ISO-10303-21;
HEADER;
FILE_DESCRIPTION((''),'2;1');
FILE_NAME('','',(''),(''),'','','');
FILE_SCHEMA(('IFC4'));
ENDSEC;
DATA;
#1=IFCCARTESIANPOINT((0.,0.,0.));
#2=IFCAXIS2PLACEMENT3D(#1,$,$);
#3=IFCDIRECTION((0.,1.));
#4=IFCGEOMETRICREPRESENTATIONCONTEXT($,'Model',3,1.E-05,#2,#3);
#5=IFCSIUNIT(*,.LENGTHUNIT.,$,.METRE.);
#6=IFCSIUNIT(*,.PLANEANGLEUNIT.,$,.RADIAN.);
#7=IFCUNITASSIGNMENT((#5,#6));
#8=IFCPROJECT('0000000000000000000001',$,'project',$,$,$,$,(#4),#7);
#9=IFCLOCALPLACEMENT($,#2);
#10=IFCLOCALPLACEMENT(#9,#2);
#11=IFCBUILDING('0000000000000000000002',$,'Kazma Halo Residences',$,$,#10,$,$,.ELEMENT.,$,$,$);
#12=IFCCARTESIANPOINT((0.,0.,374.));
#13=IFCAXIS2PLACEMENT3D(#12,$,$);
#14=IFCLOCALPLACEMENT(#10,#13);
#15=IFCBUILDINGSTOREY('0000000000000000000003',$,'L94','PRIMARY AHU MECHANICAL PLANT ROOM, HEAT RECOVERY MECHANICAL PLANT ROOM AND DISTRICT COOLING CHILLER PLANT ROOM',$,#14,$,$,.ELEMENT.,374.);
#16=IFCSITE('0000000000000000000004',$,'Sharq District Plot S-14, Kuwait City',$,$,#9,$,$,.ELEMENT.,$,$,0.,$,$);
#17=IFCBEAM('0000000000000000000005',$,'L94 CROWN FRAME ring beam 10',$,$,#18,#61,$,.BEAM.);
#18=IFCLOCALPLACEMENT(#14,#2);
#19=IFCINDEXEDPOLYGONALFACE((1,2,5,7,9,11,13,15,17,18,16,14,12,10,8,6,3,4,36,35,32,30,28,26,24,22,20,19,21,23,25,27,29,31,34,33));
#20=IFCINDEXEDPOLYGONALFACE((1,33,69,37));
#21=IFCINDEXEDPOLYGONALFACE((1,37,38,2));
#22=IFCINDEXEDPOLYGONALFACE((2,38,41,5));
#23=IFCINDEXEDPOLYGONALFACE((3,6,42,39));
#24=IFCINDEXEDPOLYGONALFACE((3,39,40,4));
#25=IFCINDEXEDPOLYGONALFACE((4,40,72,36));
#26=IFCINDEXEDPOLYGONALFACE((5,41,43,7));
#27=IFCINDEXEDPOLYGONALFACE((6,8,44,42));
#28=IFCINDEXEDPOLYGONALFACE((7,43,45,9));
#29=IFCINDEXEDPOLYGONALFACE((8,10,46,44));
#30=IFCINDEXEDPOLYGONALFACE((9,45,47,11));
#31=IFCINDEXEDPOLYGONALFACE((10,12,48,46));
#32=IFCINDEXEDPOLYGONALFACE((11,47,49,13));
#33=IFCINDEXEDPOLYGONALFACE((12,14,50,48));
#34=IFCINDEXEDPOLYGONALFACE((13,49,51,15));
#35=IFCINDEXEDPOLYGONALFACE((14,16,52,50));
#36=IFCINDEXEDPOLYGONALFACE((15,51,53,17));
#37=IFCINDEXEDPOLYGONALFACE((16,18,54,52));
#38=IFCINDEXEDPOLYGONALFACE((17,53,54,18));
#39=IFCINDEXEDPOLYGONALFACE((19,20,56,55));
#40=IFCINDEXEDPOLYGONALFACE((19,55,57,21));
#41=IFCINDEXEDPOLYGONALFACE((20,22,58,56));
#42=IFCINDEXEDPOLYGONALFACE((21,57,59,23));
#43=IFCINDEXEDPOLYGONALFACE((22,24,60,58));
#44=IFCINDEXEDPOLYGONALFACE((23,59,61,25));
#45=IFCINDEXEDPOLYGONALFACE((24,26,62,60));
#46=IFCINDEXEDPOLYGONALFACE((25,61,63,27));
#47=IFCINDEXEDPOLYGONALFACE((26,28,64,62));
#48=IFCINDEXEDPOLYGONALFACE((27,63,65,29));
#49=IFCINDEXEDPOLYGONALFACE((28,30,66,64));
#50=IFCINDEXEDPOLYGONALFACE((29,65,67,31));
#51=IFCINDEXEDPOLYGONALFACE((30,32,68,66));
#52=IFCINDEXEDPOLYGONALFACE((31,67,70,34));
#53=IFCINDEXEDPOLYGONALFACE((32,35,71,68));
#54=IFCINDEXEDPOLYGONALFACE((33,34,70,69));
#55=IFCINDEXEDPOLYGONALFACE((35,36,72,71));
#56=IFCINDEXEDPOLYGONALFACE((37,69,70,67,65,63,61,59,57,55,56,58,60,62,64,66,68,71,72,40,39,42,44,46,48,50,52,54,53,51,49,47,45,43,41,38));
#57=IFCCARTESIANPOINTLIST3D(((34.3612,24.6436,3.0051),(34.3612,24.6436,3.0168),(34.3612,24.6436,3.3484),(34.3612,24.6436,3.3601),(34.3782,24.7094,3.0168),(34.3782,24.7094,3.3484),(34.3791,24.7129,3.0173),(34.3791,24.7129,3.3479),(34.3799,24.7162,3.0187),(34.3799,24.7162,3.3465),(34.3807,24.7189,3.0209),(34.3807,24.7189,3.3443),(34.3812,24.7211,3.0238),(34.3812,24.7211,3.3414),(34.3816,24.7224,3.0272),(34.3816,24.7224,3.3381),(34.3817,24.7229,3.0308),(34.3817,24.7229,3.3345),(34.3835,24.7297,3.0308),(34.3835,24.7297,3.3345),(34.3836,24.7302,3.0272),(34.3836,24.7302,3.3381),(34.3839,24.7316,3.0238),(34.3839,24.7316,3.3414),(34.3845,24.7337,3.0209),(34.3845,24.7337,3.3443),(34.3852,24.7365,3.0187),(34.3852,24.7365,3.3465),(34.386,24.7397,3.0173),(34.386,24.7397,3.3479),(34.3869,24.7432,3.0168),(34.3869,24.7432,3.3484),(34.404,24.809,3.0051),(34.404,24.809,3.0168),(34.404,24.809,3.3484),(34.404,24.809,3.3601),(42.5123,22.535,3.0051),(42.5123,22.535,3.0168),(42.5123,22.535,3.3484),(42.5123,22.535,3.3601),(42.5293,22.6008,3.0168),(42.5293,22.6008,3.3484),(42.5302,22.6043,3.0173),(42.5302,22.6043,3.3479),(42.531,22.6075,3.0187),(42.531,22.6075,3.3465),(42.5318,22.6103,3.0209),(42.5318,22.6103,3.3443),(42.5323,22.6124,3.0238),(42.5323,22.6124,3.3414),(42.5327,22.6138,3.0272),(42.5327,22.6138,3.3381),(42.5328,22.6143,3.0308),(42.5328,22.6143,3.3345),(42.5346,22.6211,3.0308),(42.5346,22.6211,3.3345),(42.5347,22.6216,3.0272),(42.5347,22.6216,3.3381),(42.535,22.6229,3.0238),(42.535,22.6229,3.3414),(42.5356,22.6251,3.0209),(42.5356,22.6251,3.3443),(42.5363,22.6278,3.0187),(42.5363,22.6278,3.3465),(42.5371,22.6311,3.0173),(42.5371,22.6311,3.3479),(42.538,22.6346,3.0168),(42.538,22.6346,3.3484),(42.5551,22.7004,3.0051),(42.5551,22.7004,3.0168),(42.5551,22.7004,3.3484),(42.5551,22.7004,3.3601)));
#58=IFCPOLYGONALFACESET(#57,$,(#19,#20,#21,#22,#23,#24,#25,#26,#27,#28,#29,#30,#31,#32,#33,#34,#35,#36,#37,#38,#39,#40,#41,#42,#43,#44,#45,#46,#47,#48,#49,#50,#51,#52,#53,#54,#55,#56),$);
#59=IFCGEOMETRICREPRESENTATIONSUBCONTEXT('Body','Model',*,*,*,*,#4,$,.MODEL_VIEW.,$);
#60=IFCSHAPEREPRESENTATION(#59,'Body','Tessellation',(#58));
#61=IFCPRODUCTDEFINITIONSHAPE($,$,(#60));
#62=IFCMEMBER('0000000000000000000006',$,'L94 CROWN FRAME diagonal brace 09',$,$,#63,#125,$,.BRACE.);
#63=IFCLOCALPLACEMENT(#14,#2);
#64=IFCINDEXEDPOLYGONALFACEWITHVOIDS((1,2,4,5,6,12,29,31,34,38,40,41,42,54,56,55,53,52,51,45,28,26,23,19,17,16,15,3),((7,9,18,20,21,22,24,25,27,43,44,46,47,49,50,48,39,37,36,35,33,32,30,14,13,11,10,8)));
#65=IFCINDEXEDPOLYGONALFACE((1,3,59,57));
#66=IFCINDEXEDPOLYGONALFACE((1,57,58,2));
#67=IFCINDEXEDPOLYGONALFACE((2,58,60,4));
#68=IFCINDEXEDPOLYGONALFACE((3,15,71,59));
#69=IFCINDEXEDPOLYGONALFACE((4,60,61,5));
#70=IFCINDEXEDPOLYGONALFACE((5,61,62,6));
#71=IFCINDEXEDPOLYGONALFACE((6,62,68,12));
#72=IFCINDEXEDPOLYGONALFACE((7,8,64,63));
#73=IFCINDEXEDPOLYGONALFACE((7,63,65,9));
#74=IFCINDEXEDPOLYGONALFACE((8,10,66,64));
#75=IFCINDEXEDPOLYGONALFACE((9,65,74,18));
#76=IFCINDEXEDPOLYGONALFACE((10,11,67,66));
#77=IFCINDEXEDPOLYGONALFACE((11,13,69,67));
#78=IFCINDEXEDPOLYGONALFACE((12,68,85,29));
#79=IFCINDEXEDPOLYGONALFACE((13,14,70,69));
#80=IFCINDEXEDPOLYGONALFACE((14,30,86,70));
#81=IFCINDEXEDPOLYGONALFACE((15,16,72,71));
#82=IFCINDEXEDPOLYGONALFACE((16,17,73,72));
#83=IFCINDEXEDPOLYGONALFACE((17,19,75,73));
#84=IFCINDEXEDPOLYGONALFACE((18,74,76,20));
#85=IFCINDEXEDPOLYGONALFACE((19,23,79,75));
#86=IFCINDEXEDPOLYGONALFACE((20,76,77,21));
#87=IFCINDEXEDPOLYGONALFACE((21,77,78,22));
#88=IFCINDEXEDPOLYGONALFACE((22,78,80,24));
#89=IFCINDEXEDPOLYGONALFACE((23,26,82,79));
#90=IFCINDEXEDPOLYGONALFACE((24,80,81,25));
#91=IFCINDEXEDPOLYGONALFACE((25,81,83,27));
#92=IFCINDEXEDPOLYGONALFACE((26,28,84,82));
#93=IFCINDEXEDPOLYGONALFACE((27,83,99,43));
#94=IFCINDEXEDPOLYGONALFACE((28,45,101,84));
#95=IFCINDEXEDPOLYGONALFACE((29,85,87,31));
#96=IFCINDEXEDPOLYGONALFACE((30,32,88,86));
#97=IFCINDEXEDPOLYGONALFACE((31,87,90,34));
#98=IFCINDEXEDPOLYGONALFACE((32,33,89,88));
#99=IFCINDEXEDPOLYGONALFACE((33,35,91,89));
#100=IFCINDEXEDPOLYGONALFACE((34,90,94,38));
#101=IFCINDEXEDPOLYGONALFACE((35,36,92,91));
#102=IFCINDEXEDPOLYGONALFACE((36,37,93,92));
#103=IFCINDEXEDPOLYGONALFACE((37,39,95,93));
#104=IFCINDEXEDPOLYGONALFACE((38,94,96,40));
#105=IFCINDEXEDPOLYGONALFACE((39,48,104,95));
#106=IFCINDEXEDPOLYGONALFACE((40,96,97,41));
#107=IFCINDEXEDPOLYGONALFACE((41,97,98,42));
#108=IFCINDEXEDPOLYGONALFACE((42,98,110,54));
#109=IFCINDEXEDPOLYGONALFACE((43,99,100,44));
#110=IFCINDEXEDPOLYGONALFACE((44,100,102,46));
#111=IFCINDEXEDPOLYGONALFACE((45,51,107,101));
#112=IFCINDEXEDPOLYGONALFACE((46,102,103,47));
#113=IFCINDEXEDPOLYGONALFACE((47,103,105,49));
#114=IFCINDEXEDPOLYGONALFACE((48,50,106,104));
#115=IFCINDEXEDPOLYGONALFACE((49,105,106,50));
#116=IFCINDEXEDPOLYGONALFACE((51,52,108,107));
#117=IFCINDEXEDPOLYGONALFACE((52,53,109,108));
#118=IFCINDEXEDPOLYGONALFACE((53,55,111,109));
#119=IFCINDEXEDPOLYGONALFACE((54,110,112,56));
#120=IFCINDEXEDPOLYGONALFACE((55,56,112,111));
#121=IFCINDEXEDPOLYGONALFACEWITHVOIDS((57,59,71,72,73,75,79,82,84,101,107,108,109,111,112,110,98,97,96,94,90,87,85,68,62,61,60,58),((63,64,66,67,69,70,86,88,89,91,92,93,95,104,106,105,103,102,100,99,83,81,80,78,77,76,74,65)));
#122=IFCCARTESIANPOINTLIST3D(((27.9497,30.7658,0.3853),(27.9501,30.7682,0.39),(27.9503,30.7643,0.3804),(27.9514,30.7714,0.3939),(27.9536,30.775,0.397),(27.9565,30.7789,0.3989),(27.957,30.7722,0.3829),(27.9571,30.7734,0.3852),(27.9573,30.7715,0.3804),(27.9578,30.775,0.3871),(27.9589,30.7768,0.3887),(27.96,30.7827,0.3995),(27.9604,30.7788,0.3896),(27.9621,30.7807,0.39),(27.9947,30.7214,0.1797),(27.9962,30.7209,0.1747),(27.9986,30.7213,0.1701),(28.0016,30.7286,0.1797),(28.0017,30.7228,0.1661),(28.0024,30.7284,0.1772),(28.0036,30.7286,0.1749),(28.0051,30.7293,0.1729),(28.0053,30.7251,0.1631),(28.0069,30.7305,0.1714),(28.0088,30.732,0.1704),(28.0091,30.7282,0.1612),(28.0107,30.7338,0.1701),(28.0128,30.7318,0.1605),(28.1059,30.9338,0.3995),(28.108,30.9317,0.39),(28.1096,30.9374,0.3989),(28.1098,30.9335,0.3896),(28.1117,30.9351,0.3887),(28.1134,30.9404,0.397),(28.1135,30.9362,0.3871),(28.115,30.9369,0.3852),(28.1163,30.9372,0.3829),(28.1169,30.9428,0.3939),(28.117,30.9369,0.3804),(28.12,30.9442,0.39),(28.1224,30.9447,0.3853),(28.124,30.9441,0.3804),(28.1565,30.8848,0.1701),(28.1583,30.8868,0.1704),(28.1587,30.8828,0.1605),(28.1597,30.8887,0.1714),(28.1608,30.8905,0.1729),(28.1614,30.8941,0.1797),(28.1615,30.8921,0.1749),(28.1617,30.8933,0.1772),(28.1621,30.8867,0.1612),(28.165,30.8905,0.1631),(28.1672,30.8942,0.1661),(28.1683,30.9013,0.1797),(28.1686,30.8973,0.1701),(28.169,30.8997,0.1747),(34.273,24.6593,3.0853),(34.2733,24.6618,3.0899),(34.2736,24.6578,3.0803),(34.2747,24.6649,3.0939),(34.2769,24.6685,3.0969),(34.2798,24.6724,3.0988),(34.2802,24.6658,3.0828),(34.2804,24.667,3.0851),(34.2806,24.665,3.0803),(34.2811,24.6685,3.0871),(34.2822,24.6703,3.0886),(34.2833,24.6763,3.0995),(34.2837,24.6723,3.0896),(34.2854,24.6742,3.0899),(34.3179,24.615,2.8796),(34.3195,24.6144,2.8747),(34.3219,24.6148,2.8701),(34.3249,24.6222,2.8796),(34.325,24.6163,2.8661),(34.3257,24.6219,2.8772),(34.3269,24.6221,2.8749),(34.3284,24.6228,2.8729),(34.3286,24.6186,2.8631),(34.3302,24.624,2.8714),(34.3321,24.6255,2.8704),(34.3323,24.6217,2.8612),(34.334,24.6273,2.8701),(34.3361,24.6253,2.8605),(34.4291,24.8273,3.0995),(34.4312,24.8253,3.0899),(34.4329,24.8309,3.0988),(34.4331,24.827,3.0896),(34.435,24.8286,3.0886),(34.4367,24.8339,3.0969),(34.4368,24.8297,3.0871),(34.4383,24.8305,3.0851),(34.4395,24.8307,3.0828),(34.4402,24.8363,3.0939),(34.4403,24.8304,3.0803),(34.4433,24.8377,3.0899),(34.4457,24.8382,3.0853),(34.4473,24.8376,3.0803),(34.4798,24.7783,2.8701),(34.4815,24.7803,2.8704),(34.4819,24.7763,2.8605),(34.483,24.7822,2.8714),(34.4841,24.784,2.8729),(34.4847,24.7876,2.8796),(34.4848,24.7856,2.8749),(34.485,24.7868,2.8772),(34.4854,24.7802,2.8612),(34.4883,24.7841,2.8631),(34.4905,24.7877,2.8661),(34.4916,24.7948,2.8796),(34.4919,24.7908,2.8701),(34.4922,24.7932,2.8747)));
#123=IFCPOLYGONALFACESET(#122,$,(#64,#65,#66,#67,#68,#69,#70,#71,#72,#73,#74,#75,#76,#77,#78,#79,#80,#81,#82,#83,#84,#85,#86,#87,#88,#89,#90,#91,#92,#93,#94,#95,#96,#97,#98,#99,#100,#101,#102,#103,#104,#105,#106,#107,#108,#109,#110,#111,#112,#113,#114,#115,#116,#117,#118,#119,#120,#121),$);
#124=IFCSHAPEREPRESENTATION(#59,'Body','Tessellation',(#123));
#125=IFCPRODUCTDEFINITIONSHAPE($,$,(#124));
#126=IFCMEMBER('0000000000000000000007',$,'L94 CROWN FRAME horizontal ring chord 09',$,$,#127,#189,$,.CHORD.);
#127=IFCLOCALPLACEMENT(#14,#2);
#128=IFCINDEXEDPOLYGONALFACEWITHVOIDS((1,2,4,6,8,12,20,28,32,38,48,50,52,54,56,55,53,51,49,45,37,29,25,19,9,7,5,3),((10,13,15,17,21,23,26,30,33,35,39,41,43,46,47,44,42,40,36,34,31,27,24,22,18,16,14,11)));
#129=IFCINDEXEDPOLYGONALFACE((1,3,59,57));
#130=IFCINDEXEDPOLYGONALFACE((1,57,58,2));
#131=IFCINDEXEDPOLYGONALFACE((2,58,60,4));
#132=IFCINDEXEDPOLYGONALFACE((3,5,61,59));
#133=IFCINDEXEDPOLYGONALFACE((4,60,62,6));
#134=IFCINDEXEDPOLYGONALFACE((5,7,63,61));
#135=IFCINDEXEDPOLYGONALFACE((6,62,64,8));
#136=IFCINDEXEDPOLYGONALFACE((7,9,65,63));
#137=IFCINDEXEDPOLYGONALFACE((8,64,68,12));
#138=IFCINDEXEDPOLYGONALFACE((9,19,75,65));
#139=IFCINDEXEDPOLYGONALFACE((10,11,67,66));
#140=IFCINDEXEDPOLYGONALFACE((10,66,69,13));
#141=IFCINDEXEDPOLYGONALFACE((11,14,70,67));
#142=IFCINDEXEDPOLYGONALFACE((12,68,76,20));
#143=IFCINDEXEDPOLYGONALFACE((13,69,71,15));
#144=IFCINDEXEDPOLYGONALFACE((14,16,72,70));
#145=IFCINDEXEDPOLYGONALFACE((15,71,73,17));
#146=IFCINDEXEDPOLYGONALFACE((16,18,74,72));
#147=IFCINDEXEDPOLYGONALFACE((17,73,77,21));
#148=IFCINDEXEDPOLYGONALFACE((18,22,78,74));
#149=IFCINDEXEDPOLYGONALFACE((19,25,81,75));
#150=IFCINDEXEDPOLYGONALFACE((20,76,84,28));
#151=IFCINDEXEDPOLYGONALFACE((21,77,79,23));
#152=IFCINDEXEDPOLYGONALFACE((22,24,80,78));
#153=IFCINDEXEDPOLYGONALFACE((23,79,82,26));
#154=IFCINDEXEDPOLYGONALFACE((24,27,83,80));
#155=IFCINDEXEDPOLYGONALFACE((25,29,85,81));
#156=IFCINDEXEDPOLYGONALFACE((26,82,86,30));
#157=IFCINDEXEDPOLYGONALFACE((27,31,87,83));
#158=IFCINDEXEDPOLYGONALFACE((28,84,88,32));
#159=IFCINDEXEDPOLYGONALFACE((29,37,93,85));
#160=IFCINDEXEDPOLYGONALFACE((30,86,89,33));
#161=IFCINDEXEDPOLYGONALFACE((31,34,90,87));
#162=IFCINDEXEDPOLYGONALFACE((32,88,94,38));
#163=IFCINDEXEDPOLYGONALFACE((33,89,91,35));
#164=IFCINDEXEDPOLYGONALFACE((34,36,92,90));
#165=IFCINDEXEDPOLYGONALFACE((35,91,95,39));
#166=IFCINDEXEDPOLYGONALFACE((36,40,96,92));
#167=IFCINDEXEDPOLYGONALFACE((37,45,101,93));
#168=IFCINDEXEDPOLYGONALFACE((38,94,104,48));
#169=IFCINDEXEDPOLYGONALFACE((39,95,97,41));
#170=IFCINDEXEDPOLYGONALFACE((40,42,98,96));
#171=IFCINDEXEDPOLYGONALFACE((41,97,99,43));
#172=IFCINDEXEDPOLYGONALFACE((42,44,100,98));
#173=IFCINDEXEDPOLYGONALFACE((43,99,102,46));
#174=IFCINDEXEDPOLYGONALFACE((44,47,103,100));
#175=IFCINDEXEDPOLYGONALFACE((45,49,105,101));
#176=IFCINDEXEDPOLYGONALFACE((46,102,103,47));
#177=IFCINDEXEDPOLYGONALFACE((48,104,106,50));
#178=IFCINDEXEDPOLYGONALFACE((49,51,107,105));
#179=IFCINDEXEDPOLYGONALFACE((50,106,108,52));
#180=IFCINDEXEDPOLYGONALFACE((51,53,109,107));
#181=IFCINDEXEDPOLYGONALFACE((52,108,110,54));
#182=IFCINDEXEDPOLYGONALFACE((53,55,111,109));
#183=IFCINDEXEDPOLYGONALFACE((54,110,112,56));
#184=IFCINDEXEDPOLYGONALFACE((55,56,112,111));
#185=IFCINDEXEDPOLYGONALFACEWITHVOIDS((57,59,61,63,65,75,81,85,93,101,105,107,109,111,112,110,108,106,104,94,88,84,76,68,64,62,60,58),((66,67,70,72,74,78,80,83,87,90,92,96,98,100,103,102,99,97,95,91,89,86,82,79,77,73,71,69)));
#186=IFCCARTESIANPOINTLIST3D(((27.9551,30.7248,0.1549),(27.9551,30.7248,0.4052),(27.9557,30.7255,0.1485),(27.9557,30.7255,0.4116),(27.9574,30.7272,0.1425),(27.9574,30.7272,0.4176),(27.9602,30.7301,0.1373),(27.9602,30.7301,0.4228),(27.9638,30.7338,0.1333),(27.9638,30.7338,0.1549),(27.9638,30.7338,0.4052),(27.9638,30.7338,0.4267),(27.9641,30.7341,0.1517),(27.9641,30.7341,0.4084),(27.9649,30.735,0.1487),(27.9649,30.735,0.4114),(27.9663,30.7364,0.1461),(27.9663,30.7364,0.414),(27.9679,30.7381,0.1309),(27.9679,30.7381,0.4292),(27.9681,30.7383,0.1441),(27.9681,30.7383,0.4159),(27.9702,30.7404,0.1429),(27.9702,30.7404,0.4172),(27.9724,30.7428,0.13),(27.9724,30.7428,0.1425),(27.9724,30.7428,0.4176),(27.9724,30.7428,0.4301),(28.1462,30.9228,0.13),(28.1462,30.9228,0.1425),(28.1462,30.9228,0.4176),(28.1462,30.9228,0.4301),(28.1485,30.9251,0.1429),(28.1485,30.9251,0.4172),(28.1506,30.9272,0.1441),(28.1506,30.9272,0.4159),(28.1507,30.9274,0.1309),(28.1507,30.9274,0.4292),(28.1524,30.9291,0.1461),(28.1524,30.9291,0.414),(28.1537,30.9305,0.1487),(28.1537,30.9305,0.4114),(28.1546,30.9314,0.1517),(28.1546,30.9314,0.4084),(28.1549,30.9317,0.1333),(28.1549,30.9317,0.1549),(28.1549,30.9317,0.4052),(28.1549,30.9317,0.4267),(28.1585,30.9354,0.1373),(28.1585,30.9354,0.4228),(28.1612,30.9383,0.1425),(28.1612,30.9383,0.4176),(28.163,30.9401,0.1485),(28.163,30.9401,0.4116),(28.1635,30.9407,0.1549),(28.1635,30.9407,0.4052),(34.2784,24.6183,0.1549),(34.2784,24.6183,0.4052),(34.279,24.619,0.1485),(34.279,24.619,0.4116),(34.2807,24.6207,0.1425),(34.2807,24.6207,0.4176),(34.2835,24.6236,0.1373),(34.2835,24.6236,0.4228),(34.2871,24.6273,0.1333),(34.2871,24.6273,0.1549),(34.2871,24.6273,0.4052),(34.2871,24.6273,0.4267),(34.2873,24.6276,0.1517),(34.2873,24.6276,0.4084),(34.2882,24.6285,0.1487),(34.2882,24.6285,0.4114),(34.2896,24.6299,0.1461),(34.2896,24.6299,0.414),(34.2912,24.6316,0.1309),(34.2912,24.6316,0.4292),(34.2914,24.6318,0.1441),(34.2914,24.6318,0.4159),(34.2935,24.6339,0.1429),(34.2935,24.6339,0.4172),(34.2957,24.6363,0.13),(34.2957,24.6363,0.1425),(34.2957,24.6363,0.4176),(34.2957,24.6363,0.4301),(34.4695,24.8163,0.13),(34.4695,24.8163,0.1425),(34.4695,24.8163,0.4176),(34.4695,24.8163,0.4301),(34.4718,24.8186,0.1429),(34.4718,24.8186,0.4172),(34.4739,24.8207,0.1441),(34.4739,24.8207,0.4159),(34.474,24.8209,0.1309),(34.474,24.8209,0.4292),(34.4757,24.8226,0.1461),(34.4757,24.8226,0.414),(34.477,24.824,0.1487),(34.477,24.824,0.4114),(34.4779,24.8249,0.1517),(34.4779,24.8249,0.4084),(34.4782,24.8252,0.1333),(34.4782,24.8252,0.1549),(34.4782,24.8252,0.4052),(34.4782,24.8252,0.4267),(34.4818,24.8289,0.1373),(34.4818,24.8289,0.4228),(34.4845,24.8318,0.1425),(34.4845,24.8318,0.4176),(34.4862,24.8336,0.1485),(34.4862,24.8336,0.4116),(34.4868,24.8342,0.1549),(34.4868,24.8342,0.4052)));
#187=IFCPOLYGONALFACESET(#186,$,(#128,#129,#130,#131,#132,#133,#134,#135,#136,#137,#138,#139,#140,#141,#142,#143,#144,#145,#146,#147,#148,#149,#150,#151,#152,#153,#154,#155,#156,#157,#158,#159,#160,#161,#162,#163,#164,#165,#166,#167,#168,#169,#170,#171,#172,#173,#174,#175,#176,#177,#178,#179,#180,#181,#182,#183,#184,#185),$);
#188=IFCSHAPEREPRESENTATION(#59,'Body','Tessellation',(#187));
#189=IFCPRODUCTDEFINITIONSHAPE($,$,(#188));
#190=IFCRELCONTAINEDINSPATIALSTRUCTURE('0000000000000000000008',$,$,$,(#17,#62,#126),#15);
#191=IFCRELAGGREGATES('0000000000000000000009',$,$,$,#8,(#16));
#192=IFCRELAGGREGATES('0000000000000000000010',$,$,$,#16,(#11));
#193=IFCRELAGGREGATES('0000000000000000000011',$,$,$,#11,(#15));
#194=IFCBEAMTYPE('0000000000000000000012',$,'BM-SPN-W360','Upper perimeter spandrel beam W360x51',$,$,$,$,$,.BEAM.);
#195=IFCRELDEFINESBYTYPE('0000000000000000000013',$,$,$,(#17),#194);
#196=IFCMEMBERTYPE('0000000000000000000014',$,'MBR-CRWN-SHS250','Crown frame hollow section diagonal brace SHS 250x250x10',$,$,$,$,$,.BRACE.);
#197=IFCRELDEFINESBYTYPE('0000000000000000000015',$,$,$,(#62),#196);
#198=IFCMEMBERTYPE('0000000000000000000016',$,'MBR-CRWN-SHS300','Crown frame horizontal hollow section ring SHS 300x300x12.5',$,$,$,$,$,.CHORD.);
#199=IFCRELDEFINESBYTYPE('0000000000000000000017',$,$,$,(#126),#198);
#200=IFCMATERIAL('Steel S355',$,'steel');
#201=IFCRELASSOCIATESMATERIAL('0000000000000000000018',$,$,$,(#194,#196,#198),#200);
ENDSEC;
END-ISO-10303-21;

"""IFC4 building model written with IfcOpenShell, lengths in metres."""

from ifc_helpers import new_model, si_unit, direction, frame, origin, origin_2d, place, context, subcontext, project, spatial, hollow_rectangle, i_section, extrude, material, material_profile, profile_set, type_object, element, save


model = new_model("IFC4")

# Units and contexts
model_context = context("Model", 3, precision=1e-05, world=origin(), true_north=direction((0.0, 1.0)))
body_context = subcontext(model_context, "Body", "Model", "MODEL_VIEW")
ifc_project = project(units=[si_unit("LENGTHUNIT", "METRE"), si_unit("PLANEANGLEUNIT", "RADIAN")], contexts=[model_context])

# Site, building, storey
site_placement = place(None, origin())
site = spatial("IfcSite", under=ifc_project, at=site_placement, Name="Sharq District Plot S-14, Kuwait City", CompositionType="ELEMENT", RefElevation=0.0)
building_placement = place(site_placement, origin())
building = spatial("IfcBuilding", under=site, at=building_placement, Name="Kazma Halo Residences", CompositionType="ELEMENT")
storey_placement = place(building_placement, frame((0.0, 0.0, 374.0)))
storey = spatial("IfcBuildingStorey", under=building, at=storey_placement, Name="L94", Description="PRIMARY AHU MECHANICAL PLANT ROOM, HEAT RECOVERY MECHANICAL PLANT ROOM AND DISTRICT COOLING CHILLER PLANT ROOM", CompositionType="ELEMENT", Elevation=374.0)

# Shared definitions
ifc_material_1 = material(Name="Steel S355", Category="steel")

# Beam
ifc_material_profile_1 = material_profile(ifc_material_1, i_section(OverallWidth=0.1709, OverallDepth=0.355, WebThickness=0.0071, FlangeThickness=0.0117, FilletRadius=0.0139, at=origin_2d()), Name="W360x51")
ifc_profile_set_1 = profile_set([ifc_material_profile_1], Name="Steel S355")
beam_type_1 = type_object("IfcBeamType", Name="BM-SPN-W360", Description="Upper perimeter spandrel beam W360x51", PredefinedType="BEAM", material=ifc_profile_set_1)
beam_1_placement = place(storey_placement, frame((34.3826, 24.7263, 3.1826), z_axis=(0.96813, -0.250449, 0.0), x_axis=(0.250449, 0.96813, 0.0)))
element("IfcBeam", 1, at=beam_1_placement, inside=storey, type_object=beam_type_1, Name="L94 CROWN FRAME ring beam 10", PredefinedType="BEAM", context=body_context, shape_type="SweptSolid", body=[
    extrude(i_section(OverallWidth=0.1709, OverallDepth=0.355, WebThickness=0.0071, FlangeThickness=0.0117, FilletRadius=0.0139, at=origin_2d()), origin(), (0.0, 0.0, 1.0), 8.4194),
])

# Members
ifc_material_profile_2 = material_profile(ifc_material_1, hollow_rectangle(XDim=0.25, YDim=0.25, WallThickness=0.01, InnerFilletRadius=0.01, OuterFilletRadius=0.02, at=origin_2d()), Name="SHS250x250x10")
ifc_profile_set_2 = profile_set([ifc_material_profile_2], Name="Steel S355")
member_type_1 = type_object("IfcMemberType", Name="MBR-CRWN-SHS250", Description="Crown frame hollow section diagonal brace SHS 250x250x10", PredefinedType="BRACE", material=ifc_profile_set_2)
member_1_placement = place(storey_placement, frame((28.0593, 30.8328, 0.28), z_axis=(0.687627, -0.664051, 0.293609), x_axis=(0.694668, 0.719331, 0.0)))
element("IfcMember", 2, at=member_1_placement, inside=storey, type_object=member_type_1, Name="L94 CROWN FRAME diagonal brace 09", PredefinedType="BRACE", context=body_context, shape_type="SweptSolid", body=[
    extrude(hollow_rectangle(XDim=0.25, YDim=0.25, WallThickness=0.01, InnerFilletRadius=0.01, OuterFilletRadius=0.02, at=origin_2d()), origin(), (0.0, 0.0, 1.0), 9.1958),
])
ifc_material_profile_3 = material_profile(ifc_material_1, hollow_rectangle(XDim=0.3, YDim=0.3, WallThickness=0.0125, InnerFilletRadius=0.0125, OuterFilletRadius=0.0249, at=origin_2d()), Name="SHS300x300x12.5")
ifc_profile_set_3 = profile_set([ifc_material_profile_3], Name="Steel S355")
member_type_2 = type_object("IfcMemberType", Name="MBR-CRWN-SHS300", Description="Crown frame horizontal hollow section ring SHS 300x300x12.5", PredefinedType="CHORD", material=ifc_profile_set_3)
member_2_placement = place(storey_placement, frame((28.0593, 30.8328, 0.28), z_axis=(0.719331, -0.694668, 0.0), x_axis=(0.694668, 0.719331, 0.0)))
element("IfcMember", 3, at=member_2_placement, inside=storey, type_object=member_type_2, Name="L94 CROWN FRAME horizontal ring chord 09", PredefinedType="CHORD", context=body_context, shape_type="SweptSolid", body=[
    extrude(hollow_rectangle(XDim=0.3, YDim=0.3, WallThickness=0.0125, InnerFilletRadius=0.0125, OuterFilletRadius=0.0249, at=origin_2d()), origin(), (0.0, 0.0, 1.0), 8.7905),
])

save(model, "model.ifc")
